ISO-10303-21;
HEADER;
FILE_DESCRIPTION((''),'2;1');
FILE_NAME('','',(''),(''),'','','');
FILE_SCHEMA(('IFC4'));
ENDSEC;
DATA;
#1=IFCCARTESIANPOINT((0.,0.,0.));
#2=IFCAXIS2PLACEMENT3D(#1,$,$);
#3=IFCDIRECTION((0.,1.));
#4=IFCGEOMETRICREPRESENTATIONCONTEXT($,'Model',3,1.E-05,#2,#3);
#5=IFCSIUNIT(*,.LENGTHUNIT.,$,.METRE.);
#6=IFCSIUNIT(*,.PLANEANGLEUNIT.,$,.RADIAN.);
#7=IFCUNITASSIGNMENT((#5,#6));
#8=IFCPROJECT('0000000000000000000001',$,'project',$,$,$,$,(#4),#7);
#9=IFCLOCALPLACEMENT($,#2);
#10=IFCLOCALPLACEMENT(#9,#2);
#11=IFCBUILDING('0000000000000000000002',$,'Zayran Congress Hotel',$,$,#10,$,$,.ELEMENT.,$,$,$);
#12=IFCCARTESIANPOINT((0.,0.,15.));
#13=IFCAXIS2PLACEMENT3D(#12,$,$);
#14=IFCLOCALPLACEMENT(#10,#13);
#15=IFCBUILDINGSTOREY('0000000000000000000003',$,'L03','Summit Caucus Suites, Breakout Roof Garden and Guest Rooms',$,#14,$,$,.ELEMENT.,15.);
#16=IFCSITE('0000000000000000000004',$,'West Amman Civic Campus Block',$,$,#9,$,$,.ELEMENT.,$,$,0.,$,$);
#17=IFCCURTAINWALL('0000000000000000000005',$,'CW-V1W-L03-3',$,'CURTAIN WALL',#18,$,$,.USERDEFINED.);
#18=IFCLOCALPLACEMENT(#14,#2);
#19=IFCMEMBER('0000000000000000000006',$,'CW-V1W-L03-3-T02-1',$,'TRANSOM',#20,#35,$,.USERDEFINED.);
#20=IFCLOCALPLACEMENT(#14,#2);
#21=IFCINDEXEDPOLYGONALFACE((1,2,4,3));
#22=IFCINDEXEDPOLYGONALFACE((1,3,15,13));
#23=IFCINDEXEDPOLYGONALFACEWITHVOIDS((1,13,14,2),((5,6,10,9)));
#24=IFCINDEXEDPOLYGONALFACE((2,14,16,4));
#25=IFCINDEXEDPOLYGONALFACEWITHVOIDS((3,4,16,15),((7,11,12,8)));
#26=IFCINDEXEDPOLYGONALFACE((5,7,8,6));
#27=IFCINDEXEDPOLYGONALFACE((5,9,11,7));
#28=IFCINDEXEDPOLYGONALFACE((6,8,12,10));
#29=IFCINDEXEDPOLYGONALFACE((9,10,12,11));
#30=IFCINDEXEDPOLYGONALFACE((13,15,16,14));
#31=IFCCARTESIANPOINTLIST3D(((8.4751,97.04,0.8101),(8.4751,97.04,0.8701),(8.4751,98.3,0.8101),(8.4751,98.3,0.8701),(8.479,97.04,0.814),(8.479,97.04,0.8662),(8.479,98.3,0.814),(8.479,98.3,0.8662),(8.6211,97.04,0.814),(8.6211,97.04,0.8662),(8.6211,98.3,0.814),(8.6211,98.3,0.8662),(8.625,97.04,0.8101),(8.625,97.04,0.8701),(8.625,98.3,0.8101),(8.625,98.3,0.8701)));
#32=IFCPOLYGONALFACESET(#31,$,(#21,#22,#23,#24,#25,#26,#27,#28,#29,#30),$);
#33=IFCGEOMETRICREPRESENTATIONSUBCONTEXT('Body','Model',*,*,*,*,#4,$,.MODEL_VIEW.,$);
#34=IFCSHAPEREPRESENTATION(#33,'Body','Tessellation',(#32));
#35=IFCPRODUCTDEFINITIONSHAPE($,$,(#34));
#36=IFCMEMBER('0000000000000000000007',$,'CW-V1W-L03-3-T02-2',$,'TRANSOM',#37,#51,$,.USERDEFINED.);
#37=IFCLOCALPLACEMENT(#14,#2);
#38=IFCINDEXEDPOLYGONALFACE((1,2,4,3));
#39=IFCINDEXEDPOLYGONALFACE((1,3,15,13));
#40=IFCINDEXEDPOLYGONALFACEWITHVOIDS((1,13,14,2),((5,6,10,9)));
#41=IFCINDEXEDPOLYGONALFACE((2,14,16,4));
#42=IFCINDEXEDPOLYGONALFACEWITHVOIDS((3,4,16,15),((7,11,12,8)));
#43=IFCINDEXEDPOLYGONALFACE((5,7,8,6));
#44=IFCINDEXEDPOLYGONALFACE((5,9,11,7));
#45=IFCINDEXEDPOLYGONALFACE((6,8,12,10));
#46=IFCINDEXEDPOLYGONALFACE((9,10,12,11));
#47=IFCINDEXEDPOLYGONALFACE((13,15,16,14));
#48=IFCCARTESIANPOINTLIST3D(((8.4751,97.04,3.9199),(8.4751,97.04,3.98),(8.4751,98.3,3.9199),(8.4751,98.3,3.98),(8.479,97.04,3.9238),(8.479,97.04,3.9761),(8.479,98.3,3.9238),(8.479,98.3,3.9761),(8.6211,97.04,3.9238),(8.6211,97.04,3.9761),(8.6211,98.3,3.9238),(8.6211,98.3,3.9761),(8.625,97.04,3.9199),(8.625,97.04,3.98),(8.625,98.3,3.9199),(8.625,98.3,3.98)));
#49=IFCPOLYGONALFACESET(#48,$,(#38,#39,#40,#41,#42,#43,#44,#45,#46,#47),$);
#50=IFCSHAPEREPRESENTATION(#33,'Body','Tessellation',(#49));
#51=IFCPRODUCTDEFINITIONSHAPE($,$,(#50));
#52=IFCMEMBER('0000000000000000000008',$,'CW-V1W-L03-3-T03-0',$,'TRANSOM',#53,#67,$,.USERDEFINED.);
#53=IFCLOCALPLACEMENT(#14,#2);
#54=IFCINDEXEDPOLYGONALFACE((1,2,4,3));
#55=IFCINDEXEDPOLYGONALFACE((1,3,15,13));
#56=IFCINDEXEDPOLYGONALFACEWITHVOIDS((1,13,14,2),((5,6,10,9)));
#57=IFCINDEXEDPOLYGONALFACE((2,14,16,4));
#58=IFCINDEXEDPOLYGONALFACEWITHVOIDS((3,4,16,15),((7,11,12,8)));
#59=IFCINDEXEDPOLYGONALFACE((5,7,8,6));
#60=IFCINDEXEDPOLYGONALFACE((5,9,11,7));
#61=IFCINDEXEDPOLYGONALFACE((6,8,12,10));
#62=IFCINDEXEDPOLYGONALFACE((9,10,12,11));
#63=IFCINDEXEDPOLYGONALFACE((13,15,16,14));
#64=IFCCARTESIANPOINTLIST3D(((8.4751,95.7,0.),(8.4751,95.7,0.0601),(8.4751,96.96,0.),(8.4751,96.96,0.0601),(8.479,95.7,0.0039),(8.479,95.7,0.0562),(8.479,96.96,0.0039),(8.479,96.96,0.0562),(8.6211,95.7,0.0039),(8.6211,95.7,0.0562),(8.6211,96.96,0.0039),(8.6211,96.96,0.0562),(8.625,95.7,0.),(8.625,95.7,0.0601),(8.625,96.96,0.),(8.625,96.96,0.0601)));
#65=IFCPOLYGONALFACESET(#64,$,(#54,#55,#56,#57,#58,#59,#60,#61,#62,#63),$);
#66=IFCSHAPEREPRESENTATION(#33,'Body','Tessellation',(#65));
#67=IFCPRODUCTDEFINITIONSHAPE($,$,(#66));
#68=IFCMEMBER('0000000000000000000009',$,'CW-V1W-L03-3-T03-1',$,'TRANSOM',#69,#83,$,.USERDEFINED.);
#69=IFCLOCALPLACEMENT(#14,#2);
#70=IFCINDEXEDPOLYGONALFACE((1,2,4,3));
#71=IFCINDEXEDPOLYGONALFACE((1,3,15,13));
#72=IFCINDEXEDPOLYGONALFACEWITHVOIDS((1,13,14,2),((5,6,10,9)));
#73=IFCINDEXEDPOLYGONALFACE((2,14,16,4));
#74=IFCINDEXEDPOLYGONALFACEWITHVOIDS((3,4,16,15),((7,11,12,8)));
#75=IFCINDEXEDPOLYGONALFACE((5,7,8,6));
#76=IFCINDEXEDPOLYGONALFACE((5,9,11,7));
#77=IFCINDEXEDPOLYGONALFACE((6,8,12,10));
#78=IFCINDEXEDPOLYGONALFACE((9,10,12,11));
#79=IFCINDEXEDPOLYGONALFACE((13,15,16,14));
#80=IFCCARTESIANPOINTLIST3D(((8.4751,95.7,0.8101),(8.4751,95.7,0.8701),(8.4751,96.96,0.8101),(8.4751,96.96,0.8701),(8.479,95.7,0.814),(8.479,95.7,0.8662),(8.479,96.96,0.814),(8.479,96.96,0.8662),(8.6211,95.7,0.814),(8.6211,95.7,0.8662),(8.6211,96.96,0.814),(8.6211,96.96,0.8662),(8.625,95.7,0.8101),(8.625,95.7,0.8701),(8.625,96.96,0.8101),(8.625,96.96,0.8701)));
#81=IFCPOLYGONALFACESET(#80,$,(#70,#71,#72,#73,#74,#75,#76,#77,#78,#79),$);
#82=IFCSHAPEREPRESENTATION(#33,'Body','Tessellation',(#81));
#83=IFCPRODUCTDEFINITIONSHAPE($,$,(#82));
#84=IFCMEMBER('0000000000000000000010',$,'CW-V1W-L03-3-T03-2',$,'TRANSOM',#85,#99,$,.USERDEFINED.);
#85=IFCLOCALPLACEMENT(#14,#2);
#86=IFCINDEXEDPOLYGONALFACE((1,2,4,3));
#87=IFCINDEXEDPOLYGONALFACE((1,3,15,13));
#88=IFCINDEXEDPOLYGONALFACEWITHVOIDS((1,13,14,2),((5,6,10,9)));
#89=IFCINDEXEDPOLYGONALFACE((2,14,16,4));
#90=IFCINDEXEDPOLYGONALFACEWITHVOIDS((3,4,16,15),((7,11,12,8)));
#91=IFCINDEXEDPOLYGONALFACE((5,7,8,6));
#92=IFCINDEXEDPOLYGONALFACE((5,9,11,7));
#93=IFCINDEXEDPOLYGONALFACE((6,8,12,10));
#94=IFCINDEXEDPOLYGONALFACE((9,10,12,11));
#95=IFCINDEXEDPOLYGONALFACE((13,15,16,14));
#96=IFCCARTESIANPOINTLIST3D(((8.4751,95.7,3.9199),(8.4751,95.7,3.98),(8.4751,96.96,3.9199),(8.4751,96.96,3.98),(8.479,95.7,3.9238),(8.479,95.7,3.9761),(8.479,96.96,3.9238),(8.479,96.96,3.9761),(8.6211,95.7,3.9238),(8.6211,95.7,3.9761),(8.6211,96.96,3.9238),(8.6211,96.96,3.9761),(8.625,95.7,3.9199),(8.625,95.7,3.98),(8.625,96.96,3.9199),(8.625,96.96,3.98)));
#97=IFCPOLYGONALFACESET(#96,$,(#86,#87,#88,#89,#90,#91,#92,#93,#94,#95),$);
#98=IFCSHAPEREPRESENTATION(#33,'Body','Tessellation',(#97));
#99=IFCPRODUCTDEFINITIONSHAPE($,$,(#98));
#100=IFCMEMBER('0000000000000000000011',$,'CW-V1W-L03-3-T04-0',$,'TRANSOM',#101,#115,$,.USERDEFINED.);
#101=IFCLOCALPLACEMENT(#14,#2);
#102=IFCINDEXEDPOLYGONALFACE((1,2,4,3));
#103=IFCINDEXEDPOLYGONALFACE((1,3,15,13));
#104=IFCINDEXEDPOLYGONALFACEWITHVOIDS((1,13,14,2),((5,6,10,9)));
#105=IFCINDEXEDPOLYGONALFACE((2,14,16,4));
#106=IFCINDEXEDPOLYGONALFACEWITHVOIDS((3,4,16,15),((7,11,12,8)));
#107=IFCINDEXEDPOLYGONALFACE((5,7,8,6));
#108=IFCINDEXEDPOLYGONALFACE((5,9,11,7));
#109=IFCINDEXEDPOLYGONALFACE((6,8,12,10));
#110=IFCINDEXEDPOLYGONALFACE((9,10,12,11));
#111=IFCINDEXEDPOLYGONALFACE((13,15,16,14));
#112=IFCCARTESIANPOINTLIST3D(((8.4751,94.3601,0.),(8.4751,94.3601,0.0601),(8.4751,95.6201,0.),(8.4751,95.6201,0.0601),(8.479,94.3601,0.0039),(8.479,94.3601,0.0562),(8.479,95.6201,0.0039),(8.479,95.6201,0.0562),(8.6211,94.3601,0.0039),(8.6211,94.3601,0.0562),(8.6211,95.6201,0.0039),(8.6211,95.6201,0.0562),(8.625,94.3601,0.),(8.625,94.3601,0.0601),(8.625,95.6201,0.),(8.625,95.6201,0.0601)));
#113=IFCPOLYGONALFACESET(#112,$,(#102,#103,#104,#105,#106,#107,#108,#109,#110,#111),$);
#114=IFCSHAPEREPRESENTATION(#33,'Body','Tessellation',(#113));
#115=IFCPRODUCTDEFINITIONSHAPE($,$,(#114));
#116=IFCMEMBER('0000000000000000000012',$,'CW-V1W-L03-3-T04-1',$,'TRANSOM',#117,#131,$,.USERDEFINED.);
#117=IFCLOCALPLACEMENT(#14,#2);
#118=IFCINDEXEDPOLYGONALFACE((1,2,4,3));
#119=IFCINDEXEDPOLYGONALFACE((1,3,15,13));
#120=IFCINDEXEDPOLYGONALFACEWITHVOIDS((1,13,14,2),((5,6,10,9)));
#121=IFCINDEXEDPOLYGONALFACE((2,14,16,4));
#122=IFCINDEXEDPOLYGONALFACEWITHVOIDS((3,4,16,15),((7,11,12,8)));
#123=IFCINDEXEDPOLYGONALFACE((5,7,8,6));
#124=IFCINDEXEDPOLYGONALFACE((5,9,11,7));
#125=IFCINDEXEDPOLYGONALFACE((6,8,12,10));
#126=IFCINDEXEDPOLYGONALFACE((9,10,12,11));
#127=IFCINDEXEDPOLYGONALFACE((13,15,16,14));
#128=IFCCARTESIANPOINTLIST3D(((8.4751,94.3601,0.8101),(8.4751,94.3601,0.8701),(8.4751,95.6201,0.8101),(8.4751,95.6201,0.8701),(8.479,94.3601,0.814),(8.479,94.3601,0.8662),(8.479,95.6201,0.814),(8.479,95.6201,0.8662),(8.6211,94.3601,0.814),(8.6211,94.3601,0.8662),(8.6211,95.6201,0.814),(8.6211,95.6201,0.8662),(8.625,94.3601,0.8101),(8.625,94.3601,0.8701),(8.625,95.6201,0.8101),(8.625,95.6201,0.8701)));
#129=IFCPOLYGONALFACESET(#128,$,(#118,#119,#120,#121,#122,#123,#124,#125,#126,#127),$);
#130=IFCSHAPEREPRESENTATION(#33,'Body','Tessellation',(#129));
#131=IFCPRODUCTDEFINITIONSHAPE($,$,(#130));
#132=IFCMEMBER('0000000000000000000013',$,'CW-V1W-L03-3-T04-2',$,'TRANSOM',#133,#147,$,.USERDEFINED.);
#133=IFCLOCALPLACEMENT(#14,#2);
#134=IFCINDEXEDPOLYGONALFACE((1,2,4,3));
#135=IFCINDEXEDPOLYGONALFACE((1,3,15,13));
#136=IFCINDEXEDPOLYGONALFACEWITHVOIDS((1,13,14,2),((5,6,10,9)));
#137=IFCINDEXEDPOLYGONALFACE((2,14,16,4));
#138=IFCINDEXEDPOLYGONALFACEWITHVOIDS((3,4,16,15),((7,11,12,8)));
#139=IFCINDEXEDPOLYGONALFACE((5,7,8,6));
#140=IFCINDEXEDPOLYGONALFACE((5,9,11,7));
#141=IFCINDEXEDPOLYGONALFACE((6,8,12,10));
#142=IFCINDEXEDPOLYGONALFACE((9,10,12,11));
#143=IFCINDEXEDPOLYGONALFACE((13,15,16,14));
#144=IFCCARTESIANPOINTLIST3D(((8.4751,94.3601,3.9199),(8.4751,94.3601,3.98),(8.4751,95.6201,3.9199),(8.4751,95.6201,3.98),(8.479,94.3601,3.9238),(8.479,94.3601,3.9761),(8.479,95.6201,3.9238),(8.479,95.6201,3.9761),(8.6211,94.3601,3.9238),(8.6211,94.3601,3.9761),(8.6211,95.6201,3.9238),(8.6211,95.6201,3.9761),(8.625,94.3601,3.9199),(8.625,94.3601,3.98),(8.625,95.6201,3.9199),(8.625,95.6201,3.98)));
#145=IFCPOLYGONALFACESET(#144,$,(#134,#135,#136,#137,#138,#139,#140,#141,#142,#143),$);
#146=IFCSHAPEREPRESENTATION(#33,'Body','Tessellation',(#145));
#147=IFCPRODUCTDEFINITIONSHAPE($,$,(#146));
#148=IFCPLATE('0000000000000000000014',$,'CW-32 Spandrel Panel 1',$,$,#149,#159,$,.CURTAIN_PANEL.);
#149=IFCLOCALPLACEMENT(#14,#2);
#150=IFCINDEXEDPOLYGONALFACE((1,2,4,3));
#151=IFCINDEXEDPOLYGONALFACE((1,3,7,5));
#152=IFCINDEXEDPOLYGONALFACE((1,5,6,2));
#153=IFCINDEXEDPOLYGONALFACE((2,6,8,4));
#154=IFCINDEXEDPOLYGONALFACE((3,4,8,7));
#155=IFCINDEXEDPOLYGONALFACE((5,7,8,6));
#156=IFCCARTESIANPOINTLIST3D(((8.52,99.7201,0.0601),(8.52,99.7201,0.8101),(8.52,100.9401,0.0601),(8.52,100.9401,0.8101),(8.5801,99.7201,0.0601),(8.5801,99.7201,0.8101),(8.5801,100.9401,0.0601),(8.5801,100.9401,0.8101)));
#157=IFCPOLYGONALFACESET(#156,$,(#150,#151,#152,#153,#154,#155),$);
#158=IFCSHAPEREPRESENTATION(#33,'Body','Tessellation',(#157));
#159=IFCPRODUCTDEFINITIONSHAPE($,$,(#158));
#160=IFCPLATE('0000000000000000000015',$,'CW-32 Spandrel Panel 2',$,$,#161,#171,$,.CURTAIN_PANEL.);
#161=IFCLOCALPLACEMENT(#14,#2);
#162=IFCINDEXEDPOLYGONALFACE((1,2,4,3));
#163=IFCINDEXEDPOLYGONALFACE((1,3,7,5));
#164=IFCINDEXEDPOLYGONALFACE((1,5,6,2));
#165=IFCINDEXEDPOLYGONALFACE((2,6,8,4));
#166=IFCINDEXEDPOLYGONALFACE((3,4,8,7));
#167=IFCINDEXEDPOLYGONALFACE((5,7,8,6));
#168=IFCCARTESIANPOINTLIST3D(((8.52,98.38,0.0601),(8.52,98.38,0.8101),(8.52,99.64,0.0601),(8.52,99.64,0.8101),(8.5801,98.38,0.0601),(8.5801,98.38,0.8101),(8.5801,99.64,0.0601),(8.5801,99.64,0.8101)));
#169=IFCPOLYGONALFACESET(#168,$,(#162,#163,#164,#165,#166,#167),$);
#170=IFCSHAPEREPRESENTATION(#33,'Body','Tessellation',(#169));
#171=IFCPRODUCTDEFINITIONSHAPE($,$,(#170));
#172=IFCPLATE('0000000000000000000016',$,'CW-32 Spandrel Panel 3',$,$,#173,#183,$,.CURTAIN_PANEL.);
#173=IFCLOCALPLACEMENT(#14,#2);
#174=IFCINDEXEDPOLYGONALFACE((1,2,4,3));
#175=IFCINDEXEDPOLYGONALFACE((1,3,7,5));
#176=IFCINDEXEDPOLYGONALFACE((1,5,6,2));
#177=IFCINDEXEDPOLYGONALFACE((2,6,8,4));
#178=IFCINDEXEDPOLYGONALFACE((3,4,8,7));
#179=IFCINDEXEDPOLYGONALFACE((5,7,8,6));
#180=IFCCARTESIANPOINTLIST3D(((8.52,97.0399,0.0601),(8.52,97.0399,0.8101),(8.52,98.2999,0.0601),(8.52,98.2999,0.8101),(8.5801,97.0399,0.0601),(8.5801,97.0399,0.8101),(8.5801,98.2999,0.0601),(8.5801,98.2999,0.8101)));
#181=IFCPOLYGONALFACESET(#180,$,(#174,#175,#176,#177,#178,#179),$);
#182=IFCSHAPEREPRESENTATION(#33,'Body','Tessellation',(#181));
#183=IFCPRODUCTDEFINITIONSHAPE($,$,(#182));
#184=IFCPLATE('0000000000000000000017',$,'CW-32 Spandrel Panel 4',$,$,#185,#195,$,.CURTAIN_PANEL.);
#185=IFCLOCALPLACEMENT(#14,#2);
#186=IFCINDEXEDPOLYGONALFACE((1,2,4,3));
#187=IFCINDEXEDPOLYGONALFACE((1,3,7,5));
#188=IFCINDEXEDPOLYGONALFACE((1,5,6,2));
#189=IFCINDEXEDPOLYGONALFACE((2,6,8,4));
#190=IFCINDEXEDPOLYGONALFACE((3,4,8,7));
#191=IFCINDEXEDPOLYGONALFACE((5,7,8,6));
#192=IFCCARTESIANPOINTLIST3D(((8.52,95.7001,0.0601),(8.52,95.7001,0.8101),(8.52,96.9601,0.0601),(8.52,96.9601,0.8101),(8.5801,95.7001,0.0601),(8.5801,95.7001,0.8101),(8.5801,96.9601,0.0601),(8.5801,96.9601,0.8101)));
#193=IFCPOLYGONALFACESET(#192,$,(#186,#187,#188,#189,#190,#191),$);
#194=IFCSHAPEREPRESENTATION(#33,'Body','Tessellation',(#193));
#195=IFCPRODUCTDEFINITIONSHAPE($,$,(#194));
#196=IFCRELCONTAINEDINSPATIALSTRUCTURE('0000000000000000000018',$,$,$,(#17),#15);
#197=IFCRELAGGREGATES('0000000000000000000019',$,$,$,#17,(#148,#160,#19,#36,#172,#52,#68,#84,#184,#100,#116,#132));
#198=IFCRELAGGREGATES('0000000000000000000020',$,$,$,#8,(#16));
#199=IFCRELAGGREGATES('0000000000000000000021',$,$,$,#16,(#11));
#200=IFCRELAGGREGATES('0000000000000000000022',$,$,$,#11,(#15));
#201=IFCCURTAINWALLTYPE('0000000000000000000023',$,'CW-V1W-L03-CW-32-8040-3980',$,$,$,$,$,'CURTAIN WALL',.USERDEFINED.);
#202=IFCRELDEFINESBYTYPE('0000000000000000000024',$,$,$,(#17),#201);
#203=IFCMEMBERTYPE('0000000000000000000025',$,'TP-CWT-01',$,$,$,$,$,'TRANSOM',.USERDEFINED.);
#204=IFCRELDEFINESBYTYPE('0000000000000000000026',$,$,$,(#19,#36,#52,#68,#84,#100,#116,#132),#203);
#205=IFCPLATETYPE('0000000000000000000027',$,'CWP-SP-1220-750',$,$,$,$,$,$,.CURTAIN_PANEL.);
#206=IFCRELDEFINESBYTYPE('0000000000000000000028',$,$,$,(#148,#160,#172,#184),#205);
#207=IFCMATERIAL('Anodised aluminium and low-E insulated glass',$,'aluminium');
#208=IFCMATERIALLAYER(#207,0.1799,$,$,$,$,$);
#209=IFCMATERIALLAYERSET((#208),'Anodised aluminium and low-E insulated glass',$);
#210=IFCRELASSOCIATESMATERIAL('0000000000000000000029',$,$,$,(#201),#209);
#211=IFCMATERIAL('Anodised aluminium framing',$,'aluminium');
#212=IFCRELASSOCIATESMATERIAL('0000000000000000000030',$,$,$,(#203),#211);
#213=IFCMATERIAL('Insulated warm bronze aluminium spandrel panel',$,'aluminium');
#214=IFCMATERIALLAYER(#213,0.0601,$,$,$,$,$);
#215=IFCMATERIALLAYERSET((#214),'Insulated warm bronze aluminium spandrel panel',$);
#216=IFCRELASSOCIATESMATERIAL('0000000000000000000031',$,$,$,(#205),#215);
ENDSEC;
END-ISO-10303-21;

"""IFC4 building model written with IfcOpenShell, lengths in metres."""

from ifc_helpers import new_model, si_unit, direction, frame, origin, origin_2d, place, context, subcontext, project, spatial, rectangle, hollow_rectangle, extrude, material, layer, layer_set, material_profile, profile_set, type_object, element, aggregate, save


model = new_model("IFC4")

# Units and contexts
model_context = context("Model", 3, precision=1e-05, world=origin(), true_north=direction((0.0, 1.0)))
body_context = subcontext(model_context, "Body", "Model", "MODEL_VIEW")
ifc_project = project(units=[si_unit("LENGTHUNIT", "METRE"), si_unit("PLANEANGLEUNIT", "RADIAN")], contexts=[model_context])

# Site, building, storey
site_placement = place(None, origin())
site = spatial("IfcSite", under=ifc_project, at=site_placement, Name="West Amman Civic Campus Block", CompositionType="ELEMENT", RefElevation=0.0)
building_placement = place(site_placement, origin())
building = spatial("IfcBuilding", under=site, at=building_placement, Name="Zayran Congress Hotel", CompositionType="ELEMENT")
storey_placement = place(building_placement, frame((0.0, 0.0, 15.0)))
storey = spatial("IfcBuildingStorey", under=building, at=storey_placement, Name="L03", Description="Summit Caucus Suites, Breakout Roof Garden and Guest Rooms", CompositionType="ELEMENT", Elevation=15.0)

# Curtain wall, members, plates
ifc_material_1 = material(Name="Anodised aluminium and low-E insulated glass", Category="aluminium")
ifc_layer_1 = layer(ifc_material_1, 0.1799)
ifc_layer_set_1 = layer_set([ifc_layer_1], Name="Anodised aluminium and low-E insulated glass")
curtain_wall_type = type_object("IfcCurtainWallType", Name="CW-V1W-L03-CW-32-8040-3980", ElementType="CURTAIN WALL", PredefinedType="USERDEFINED", material=ifc_layer_set_1)
curtain_wall_placement = place(storey_placement, origin())
curtain_wall = element("IfcCurtainWall", 1, at=curtain_wall_placement, inside=storey, type_object=curtain_wall_type, Name="CW-V1W-L03-3", ObjectType="CURTAIN WALL", PredefinedType="USERDEFINED")
ifc_material_2 = material(Name="Anodised aluminium framing", Category="aluminium")
ifc_material_profile_1 = material_profile(ifc_material_2, hollow_rectangle(XDim=0.0601, YDim=0.1499, WallThickness=0.0039, at=origin_2d()), Name="RHS 150x60x4")
ifc_profile_set_1 = profile_set([ifc_material_profile_1], Name="Anodised aluminium framing")
member_type_1 = type_object("IfcMemberType", Name="TP-CWT-01", ElementType="TRANSOM", PredefinedType="USERDEFINED", material=ifc_profile_set_1)
member_1_placement = place(storey_placement, frame((8.55, 98.3, 0.8401), z_axis=(0.0, -1.0, 0.0), x_axis=(0.0, 0.0, 1.0)))
member_1 = element("IfcMember", 2, at=member_1_placement, type_object=member_type_1, Name="CW-V1W-L03-3-T02-1", ObjectType="TRANSOM", PredefinedType="USERDEFINED", context=body_context, shape_type="SweptSolid", body=[
    extrude(hollow_rectangle(XDim=0.0601, YDim=0.1499, WallThickness=0.0039, at=origin_2d()), origin(), (0.0, 0.0, 1.0), 1.26),
])
member_2_placement = place(storey_placement, frame((8.55, 98.3, 3.95), z_axis=(0.0, -1.0, 0.0), x_axis=(0.0, 0.0, 1.0)))
member_2 = element("IfcMember", 3, at=member_2_placement, type_object=member_type_1, Name="CW-V1W-L03-3-T02-2", ObjectType="TRANSOM", PredefinedType="USERDEFINED", context=body_context, shape_type="SweptSolid", body=[
    extrude(hollow_rectangle(XDim=0.0601, YDim=0.1499, WallThickness=0.0039, at=origin_2d()), origin(), (0.0, 0.0, 1.0), 1.26),
])
member_3_placement = place(storey_placement, frame((8.55, 96.96, 0.03), z_axis=(0.0, -1.0, 0.0), x_axis=(0.0, 0.0, 1.0)))
member_3 = element("IfcMember", 4, at=member_3_placement, type_object=member_type_1, Name="CW-V1W-L03-3-T03-0", ObjectType="TRANSOM", PredefinedType="USERDEFINED", context=body_context, shape_type="SweptSolid", body=[
    extrude(hollow_rectangle(XDim=0.0601, YDim=0.1499, WallThickness=0.0039, at=origin_2d()), origin(), (0.0, 0.0, 1.0), 1.26),
])
member_4_placement = place(storey_placement, frame((8.55, 96.96, 0.8401), z_axis=(0.0, -1.0, 0.0), x_axis=(0.0, 0.0, 1.0)))
member_4 = element("IfcMember", 5, at=member_4_placement, type_object=member_type_1, Name="CW-V1W-L03-3-T03-1", ObjectType="TRANSOM", PredefinedType="USERDEFINED", context=body_context, shape_type="SweptSolid", body=[
    extrude(hollow_rectangle(XDim=0.0601, YDim=0.1499, WallThickness=0.0039, at=origin_2d()), origin(), (0.0, 0.0, 1.0), 1.26),
])
member_5_placement = place(storey_placement, frame((8.55, 96.96, 3.95), z_axis=(0.0, -1.0, 0.0), x_axis=(0.0, 0.0, 1.0)))
member_5 = element("IfcMember", 6, at=member_5_placement, type_object=member_type_1, Name="CW-V1W-L03-3-T03-2", ObjectType="TRANSOM", PredefinedType="USERDEFINED", context=body_context, shape_type="SweptSolid", body=[
    extrude(hollow_rectangle(XDim=0.0601, YDim=0.1499, WallThickness=0.0039, at=origin_2d()), origin(), (0.0, 0.0, 1.0), 1.26),
])
member_6_placement = place(storey_placement, frame((8.55, 95.6201, 0.03), z_axis=(0.0, -1.0, 0.0), x_axis=(0.0, 0.0, 1.0)))
member_6 = element("IfcMember", 7, at=member_6_placement, type_object=member_type_1, Name="CW-V1W-L03-3-T04-0", ObjectType="TRANSOM", PredefinedType="USERDEFINED", context=body_context, shape_type="SweptSolid", body=[
    extrude(hollow_rectangle(XDim=0.0601, YDim=0.1499, WallThickness=0.0039, at=origin_2d()), origin(), (0.0, 0.0, 1.0), 1.26),
])
member_7_placement = place(storey_placement, frame((8.55, 95.6201, 0.8401), z_axis=(0.0, -1.0, 0.0), x_axis=(0.0, 0.0, 1.0)))
member_7 = element("IfcMember", 8, at=member_7_placement, type_object=member_type_1, Name="CW-V1W-L03-3-T04-1", ObjectType="TRANSOM", PredefinedType="USERDEFINED", context=body_context, shape_type="SweptSolid", body=[
    extrude(hollow_rectangle(XDim=0.0601, YDim=0.1499, WallThickness=0.0039, at=origin_2d()), origin(), (0.0, 0.0, 1.0), 1.26),
])
member_8_placement = place(storey_placement, frame((8.55, 95.6201, 3.95), z_axis=(0.0, -1.0, 0.0), x_axis=(0.0, 0.0, 1.0)))
member_8 = element("IfcMember", 9, at=member_8_placement, type_object=member_type_1, Name="CW-V1W-L03-3-T04-2", ObjectType="TRANSOM", PredefinedType="USERDEFINED", context=body_context, shape_type="SweptSolid", body=[
    extrude(hollow_rectangle(XDim=0.0601, YDim=0.1499, WallThickness=0.0039, at=origin_2d()), origin(), (0.0, 0.0, 1.0), 1.26),
])
ifc_material_3 = material(Name="Insulated warm bronze aluminium spandrel panel", Category="aluminium")
ifc_layer_2 = layer(ifc_material_3, 0.0601)
ifc_layer_set_2 = layer_set([ifc_layer_2], Name="Insulated warm bronze aluminium spandrel panel")
plate_type_1 = type_object("IfcPlateType", Name="CWP-SP-1220-750", PredefinedType="CURTAIN_PANEL", material=ifc_layer_set_2)
plate_1_placement = place(storey_placement, frame((8.55, 100.3301, 0.0601), z_axis=(0.0, 0.0, 1.0), x_axis=(0.0, 1.0, 0.0)))
plate_1 = element("IfcPlate", 10, at=plate_1_placement, type_object=plate_type_1, Name="CW-32 Spandrel Panel 1", PredefinedType="CURTAIN_PANEL", context=body_context, shape_type="SweptSolid", body=[
    extrude(rectangle(XDim=1.22, YDim=0.0601, at=origin_2d()), origin(), (0.0, 0.0, 1.0), 0.75),
])
plate_2_placement = place(storey_placement, frame((8.55, 99.01, 0.0601), z_axis=(0.0, 0.0, 1.0), x_axis=(0.0, 1.0, 0.0)))
plate_2 = element("IfcPlate", 11, at=plate_2_placement, type_object=plate_type_1, Name="CW-32 Spandrel Panel 2", PredefinedType="CURTAIN_PANEL", context=body_context, shape_type="SweptSolid", body=[
    extrude(rectangle(XDim=1.26, YDim=0.0601, at=origin_2d()), origin(), (0.0, 0.0, 1.0), 0.75),
])
plate_3_placement = place(storey_placement, frame((8.55, 97.6699, 0.0601), z_axis=(0.0, 0.0, 1.0), x_axis=(0.0, 1.0, 0.0)))
plate_3 = element("IfcPlate", 12, at=plate_3_placement, type_object=plate_type_1, Name="CW-32 Spandrel Panel 3", PredefinedType="CURTAIN_PANEL", context=body_context, shape_type="SweptSolid", body=[
    extrude(rectangle(XDim=1.26, YDim=0.0601, at=origin_2d()), origin(), (0.0, 0.0, 1.0), 0.75),
])
plate_4_placement = place(storey_placement, frame((8.55, 96.3301, 0.0601), z_axis=(0.0, 0.0, 1.0), x_axis=(0.0, 1.0, 0.0)))
plate_4 = element("IfcPlate", 13, at=plate_4_placement, type_object=plate_type_1, Name="CW-32 Spandrel Panel 4", PredefinedType="CURTAIN_PANEL", context=body_context, shape_type="SweptSolid", body=[
    extrude(rectangle(XDim=1.26, YDim=0.0601, at=origin_2d()), origin(), (0.0, 0.0, 1.0), 0.75),
])
aggregate(curtain_wall, [plate_1, plate_2, member_1, member_2, plate_3, member_3, member_4, member_5, plate_4, member_6, member_7, member_8])

save(model, "model.ifc")
